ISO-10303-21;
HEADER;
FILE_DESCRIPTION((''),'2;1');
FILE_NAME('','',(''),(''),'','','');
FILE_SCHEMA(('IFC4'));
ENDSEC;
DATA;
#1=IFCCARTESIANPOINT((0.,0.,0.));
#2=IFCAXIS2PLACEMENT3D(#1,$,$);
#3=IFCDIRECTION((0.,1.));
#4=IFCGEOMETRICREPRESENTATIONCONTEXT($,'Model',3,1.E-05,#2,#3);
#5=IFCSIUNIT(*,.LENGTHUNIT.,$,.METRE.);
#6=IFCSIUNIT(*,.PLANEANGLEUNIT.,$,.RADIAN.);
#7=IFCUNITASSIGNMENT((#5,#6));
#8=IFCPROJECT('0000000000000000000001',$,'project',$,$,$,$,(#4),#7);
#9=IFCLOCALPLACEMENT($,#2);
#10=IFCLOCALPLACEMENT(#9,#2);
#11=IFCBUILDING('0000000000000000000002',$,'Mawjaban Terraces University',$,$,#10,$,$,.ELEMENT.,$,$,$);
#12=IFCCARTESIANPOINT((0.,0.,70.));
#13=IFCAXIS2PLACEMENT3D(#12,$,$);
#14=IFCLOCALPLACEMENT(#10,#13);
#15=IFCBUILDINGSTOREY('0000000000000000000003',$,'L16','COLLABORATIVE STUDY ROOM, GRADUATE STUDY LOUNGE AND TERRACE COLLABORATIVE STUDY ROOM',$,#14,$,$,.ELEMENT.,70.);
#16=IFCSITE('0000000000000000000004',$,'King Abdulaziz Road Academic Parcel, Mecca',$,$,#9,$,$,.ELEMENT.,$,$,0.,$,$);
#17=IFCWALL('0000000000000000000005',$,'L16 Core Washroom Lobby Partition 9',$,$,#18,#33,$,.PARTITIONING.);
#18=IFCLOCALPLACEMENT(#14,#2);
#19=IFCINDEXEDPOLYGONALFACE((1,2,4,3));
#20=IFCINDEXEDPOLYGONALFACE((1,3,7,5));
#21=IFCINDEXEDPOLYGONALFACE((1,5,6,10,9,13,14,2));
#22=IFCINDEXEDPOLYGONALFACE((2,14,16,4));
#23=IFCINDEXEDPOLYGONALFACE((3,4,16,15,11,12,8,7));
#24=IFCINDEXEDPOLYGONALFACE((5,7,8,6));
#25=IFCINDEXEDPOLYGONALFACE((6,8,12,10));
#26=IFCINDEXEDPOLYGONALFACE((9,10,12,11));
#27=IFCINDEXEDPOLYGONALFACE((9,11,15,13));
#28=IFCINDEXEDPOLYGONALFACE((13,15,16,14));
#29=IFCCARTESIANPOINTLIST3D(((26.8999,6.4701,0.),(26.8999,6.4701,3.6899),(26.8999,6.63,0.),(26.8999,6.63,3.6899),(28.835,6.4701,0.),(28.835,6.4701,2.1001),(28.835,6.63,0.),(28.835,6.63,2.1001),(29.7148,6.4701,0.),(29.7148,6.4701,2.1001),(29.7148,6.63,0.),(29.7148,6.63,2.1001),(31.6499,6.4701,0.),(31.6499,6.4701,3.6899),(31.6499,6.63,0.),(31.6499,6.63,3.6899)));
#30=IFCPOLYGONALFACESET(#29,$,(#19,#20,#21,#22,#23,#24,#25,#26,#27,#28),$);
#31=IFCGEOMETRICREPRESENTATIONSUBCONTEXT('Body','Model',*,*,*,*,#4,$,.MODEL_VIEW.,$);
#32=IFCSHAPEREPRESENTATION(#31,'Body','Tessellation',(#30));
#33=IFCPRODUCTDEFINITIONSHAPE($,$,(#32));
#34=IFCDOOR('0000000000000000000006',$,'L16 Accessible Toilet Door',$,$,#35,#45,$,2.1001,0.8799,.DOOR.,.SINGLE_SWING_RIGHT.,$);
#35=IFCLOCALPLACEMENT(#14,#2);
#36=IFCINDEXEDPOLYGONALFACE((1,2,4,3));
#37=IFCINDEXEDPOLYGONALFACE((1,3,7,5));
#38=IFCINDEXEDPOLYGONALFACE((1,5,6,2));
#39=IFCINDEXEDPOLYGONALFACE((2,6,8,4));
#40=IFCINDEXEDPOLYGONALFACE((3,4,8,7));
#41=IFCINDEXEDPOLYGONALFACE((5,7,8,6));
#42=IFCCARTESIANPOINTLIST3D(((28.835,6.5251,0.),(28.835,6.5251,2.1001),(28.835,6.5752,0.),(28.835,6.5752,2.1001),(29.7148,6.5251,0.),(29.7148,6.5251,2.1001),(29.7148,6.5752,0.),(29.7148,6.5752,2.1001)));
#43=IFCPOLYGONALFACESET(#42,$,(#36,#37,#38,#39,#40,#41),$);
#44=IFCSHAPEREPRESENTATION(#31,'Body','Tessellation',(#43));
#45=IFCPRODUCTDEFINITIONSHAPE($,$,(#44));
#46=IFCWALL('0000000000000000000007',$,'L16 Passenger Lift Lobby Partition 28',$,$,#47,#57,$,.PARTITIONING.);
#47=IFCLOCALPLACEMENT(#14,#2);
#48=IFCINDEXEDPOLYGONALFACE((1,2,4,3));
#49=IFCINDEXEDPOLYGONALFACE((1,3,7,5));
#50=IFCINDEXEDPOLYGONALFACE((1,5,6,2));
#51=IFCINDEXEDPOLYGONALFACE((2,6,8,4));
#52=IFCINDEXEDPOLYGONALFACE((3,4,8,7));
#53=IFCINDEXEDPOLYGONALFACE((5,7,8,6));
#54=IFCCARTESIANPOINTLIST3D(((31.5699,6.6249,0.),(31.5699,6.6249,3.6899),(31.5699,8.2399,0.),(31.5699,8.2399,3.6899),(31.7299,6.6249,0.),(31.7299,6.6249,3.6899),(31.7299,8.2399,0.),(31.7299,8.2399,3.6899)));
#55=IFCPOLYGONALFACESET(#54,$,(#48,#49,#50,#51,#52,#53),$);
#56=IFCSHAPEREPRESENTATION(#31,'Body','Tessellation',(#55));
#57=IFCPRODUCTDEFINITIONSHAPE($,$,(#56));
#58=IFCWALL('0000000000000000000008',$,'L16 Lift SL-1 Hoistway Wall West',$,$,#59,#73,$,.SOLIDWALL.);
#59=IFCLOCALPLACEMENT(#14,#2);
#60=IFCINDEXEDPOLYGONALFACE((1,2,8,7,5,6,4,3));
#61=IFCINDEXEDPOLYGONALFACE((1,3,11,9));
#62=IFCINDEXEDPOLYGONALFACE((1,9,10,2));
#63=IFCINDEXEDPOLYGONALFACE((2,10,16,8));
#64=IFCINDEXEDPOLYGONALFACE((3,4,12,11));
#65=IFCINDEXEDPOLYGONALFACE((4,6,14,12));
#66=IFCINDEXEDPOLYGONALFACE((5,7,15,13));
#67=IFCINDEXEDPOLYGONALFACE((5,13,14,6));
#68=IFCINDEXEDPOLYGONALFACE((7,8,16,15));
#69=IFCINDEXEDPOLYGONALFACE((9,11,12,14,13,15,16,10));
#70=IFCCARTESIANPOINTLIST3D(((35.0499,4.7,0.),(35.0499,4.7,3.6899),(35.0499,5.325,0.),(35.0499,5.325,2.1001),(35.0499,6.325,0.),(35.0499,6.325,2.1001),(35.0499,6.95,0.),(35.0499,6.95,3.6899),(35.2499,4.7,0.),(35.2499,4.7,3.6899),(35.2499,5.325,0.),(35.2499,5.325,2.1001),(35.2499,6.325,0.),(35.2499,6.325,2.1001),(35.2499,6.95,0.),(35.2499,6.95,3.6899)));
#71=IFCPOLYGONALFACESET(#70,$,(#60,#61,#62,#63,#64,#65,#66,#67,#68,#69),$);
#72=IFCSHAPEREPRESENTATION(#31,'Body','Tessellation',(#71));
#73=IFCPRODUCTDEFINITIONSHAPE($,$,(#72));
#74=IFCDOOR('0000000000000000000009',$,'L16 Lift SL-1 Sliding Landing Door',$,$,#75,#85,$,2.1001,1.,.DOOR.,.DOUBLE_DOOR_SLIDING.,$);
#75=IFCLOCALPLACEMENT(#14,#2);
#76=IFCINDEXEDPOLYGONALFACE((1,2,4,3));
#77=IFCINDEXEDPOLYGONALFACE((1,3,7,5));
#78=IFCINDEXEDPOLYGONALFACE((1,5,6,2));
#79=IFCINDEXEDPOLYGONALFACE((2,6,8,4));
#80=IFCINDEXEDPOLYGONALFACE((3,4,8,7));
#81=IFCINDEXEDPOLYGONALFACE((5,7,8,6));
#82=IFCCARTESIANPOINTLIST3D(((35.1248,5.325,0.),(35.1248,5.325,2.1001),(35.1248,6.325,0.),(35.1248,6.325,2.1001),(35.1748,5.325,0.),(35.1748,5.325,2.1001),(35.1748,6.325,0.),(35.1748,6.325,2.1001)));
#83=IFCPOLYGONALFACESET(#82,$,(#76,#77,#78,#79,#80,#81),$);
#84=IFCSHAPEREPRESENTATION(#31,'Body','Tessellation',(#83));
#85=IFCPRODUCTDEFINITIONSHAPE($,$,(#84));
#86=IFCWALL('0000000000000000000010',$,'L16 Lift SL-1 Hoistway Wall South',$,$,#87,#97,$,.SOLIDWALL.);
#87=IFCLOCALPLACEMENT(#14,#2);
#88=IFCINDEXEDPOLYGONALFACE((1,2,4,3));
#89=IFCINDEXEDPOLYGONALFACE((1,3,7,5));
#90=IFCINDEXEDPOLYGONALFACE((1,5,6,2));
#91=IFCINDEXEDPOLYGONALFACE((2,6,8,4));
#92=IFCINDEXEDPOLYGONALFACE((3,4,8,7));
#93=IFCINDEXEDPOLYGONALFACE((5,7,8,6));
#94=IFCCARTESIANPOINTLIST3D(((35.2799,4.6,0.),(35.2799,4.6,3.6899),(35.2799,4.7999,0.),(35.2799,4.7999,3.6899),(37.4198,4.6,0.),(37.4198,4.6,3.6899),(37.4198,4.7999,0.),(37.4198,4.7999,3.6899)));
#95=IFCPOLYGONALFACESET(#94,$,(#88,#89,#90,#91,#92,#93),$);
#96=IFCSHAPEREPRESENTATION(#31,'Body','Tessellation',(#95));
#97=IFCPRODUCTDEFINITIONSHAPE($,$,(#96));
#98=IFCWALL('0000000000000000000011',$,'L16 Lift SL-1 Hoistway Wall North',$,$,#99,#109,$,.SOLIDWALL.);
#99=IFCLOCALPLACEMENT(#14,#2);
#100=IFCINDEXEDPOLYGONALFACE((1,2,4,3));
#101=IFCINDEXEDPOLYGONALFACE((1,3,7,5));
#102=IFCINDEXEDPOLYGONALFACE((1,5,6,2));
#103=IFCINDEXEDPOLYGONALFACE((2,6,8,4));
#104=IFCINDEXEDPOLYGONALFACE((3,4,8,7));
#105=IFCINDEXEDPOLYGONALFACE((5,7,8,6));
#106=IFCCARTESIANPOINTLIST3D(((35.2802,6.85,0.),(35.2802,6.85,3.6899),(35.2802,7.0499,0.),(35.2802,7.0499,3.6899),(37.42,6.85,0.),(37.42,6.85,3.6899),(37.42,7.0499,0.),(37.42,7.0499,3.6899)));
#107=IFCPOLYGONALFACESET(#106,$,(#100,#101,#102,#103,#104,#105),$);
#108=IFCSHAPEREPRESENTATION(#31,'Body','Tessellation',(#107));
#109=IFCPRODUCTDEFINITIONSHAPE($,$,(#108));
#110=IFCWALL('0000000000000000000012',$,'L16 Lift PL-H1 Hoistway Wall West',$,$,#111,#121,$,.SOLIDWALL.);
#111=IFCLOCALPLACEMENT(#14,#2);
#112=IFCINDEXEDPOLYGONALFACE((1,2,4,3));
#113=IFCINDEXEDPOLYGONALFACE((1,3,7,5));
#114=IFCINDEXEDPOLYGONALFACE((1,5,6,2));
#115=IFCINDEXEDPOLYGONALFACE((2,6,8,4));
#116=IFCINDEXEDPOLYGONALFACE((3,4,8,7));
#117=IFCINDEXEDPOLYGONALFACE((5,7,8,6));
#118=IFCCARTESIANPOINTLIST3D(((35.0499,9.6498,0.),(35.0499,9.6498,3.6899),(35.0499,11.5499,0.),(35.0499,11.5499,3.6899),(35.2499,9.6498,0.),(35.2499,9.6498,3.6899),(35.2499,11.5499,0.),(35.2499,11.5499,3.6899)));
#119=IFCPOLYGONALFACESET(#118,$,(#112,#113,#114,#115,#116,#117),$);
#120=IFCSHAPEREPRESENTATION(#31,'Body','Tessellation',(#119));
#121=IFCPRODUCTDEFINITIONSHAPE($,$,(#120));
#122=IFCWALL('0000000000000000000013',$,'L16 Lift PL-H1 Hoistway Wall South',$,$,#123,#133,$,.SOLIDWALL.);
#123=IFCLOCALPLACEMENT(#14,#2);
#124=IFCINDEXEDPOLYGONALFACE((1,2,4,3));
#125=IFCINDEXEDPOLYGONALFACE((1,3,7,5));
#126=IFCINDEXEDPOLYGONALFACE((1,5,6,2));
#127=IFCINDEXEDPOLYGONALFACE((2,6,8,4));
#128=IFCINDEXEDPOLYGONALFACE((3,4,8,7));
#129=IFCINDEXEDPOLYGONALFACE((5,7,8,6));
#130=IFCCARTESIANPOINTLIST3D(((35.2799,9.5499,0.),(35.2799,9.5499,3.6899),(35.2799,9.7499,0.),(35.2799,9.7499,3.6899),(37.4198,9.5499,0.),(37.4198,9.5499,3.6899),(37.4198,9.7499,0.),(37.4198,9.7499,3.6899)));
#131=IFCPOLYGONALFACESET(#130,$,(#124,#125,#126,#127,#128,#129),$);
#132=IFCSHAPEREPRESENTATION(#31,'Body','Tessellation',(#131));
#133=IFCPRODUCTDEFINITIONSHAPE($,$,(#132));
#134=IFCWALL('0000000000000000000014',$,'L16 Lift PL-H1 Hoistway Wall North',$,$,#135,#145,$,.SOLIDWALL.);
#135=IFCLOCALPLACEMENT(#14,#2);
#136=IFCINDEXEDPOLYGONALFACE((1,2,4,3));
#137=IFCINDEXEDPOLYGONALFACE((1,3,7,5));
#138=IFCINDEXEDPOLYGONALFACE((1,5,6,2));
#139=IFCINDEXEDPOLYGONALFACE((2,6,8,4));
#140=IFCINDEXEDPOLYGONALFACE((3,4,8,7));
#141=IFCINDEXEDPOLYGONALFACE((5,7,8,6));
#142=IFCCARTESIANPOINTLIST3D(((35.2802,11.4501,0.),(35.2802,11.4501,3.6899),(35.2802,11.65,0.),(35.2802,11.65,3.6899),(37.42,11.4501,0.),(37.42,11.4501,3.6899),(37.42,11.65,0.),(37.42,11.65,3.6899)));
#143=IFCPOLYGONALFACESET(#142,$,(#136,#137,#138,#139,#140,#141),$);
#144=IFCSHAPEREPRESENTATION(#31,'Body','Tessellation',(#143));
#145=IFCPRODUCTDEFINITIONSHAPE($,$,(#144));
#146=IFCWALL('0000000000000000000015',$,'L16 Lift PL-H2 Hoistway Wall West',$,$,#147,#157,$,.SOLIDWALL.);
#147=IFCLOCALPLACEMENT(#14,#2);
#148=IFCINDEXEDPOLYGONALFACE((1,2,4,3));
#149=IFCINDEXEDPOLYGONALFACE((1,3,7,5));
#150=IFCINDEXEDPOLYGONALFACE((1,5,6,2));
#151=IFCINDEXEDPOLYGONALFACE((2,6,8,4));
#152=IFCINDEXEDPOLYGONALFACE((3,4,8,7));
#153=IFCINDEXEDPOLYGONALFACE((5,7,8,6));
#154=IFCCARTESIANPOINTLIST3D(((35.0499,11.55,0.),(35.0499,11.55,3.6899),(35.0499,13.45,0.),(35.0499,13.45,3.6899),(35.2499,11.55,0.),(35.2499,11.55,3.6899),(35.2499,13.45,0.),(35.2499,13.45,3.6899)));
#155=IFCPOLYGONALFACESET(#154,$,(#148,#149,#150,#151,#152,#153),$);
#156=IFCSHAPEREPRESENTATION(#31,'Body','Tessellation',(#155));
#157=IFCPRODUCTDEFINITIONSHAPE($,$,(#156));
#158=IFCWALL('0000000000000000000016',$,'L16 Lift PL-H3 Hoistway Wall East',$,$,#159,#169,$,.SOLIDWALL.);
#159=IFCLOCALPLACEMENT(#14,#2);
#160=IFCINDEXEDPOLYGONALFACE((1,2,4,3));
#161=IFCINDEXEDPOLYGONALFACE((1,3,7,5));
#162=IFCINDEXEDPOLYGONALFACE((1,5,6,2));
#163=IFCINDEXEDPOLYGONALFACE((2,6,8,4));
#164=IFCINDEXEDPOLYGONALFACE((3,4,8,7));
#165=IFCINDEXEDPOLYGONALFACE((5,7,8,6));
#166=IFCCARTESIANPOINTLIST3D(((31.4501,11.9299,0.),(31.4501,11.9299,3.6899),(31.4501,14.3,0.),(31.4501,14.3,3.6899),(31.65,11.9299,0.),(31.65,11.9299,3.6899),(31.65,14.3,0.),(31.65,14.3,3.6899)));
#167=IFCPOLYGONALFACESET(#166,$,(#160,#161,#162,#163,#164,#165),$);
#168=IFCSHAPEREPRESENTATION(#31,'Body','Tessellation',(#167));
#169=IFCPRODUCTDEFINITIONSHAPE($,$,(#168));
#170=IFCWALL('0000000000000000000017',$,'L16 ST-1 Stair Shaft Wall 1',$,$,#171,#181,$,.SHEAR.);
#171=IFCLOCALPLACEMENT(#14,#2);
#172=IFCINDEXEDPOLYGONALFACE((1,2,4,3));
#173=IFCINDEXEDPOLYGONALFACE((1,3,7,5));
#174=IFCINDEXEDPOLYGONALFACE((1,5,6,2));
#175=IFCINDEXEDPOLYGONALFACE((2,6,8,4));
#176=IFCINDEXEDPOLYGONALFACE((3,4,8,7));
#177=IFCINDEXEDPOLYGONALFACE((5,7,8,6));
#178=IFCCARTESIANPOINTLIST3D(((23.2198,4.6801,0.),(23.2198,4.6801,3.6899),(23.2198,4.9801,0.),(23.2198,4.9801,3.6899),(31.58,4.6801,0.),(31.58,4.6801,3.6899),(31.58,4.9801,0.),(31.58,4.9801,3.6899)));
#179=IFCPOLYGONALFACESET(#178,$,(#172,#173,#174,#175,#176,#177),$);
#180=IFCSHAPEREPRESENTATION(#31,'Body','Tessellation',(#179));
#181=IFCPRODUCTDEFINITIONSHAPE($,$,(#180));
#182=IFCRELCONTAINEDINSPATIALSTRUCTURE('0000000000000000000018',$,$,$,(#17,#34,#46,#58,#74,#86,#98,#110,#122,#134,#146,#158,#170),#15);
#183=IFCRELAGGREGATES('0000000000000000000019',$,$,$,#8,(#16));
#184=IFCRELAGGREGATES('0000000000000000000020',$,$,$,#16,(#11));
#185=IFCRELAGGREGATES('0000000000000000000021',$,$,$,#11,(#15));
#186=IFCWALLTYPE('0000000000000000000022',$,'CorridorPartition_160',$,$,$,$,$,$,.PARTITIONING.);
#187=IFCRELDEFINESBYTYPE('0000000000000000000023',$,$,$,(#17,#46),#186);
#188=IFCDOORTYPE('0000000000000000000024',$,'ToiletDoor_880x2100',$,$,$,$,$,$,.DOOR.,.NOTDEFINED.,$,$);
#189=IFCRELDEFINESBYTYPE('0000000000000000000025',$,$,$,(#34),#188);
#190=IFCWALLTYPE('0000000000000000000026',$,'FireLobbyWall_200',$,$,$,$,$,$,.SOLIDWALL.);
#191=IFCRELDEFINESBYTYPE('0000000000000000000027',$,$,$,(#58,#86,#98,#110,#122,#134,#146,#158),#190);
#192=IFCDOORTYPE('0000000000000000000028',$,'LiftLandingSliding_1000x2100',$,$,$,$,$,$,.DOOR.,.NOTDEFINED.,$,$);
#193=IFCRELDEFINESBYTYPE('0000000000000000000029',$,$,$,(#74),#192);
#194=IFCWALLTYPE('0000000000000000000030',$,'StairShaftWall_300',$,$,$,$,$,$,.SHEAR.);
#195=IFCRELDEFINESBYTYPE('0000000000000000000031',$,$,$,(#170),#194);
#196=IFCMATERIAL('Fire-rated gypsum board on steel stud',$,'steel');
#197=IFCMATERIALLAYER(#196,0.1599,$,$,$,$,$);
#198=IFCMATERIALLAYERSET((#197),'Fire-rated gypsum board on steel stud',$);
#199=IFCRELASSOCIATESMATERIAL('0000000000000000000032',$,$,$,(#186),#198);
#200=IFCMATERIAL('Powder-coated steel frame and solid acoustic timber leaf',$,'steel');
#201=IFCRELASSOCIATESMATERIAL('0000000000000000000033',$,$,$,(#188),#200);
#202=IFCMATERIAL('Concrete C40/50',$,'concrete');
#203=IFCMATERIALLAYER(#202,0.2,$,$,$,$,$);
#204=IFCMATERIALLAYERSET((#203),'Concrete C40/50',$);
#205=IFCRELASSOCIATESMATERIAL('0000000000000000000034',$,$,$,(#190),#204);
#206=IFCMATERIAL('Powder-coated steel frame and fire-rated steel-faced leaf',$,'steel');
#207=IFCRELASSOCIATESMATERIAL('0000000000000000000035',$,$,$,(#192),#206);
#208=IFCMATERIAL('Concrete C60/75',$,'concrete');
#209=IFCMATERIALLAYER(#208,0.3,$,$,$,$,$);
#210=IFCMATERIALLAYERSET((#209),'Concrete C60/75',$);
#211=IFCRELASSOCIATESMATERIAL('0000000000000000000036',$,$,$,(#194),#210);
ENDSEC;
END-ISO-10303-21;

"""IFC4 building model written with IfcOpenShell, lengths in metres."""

from ifc_helpers import new_model, si_unit, direction, frame, frame_2d, origin, place, context, subcontext, project, spatial, rectangle, extrude, material, layer, layer_set, type_object, element, fill, save


model = new_model("IFC4")

# Units and contexts
model_context = context("Model", 3, precision=1e-05, world=origin(), true_north=direction((0.0, 1.0)))
body_context = subcontext(model_context, "Body", "Model", "MODEL_VIEW")
ifc_project = project(units=[si_unit("LENGTHUNIT", "METRE"), si_unit("PLANEANGLEUNIT", "RADIAN")], contexts=[model_context])

# Site, building, storey
site_placement = place(None, origin())
site = spatial("IfcSite", under=ifc_project, at=site_placement, Name="King Abdulaziz Road Academic Parcel, Mecca", CompositionType="ELEMENT", RefElevation=0.0)
building_placement = place(site_placement, origin())
building = spatial("IfcBuilding", under=site, at=building_placement, Name="Mawjaban Terraces University", CompositionType="ELEMENT")
storey_placement = place(building_placement, frame((0.0, 0.0, 70.0)))
storey = spatial("IfcBuildingStorey", under=building, at=storey_placement, Name="L16", Description="COLLABORATIVE STUDY ROOM, GRADUATE STUDY LOUNGE AND TERRACE COLLABORATIVE STUDY ROOM", CompositionType="ELEMENT", Elevation=70.0)

# Wall, opening, door
ifc_material_1 = material(Name="Fire-rated gypsum board on steel stud", Category="steel")
ifc_layer_1 = layer(ifc_material_1, 0.1599)
ifc_layer_set_1 = layer_set([ifc_layer_1], Name="Fire-rated gypsum board on steel stud")
wall_type_1 = type_object("IfcWallType", Name="CorridorPartition_160", PredefinedType="PARTITIONING", material=ifc_layer_set_1)
wall_1_placement = place(storey_placement, frame((31.6499, 6.55, 0.0), z_axis=(0.0, 0.0, 1.0), x_axis=(-1.0, 0.0, 0.0)))
wall_1 = element("IfcWall", 1, at=wall_1_placement, inside=storey, type_object=wall_type_1, Name="L16 Core Washroom Lobby Partition 9", PredefinedType="PARTITIONING", context=body_context, shape_type="SweptSolid", body=[
    extrude(rectangle(XDim=4.75, YDim=0.1599, at=frame_2d((2.375, 0.0))), origin(), (0.0, 0.0, 1.0), 3.6899),
])
opening_1_placement = place(wall_1_placement, frame((1.9351, 0.0, 0.0)))
opening_1 = element("IfcOpeningElement", 2, at=opening_1_placement, cuts=wall_1, PredefinedType="OPENING", context=body_context, shape_type="SweptSolid", body=[
    extrude(rectangle(XDim=0.8799, YDim=2.1001, at=frame_2d((0.4399, 1.05))), frame((0.0, 0.0898, 0.0), z_axis=(0.0, -1.0, 0.0), x_axis=(1.0, 0.0, 0.0)), (0.0, 0.0, 1.0), 0.1799),
])
ifc_material_2 = material(Name="Powder-coated steel frame and solid acoustic timber leaf", Category="steel")
door_type_1 = type_object("IfcDoorType", Name="ToiletDoor_880x2100", OperationType="NOTDEFINED", PredefinedType="DOOR", material=ifc_material_2)
door_1_placement = place(opening_1_placement, origin())
door_1 = element("IfcDoor", 3, at=door_1_placement, inside=storey, type_object=door_type_1, Name="L16 Accessible Toilet Door", OperationType="SINGLE_SWING_RIGHT", OverallHeight=2.1001, OverallWidth=0.8799, PredefinedType="DOOR", context=body_context, shape_type="SweptSolid", body=[
    extrude(rectangle(XDim=0.8799, YDim=2.1001, at=frame_2d((0.4399, 1.05))), frame((0.0, 0.0249, 0.0), z_axis=(0.0, -1.0, 0.0), x_axis=(1.0, 0.0, 0.0)), (0.0, 0.0, 1.0), 0.05),
])
fill(opening_1, door_1)

# Wall
wall_2_placement = place(storey_placement, frame((31.6499, 8.24, 0.0), z_axis=(0.0, 0.0, 1.0), x_axis=(0.0, -1.0, 0.0)))
element("IfcWall", 4, at=wall_2_placement, inside=storey, type_object=wall_type_1, Name="L16 Passenger Lift Lobby Partition 28", PredefinedType="PARTITIONING", context=body_context, shape_type="SweptSolid", body=[
    extrude(rectangle(XDim=1.615, YDim=0.1599, at=frame_2d((0.8076, 0.0))), origin(), (0.0, 0.0, 1.0), 3.6899),
])

# Wall, opening, door
ifc_material_3 = material(Name="Concrete C40/50", Category="concrete")
ifc_layer_2 = layer(ifc_material_3, 0.2)
ifc_layer_set_2 = layer_set([ifc_layer_2], Name="Concrete C40/50")
wall_type_2 = type_object("IfcWallType", Name="FireLobbyWall_200", PredefinedType="SOLIDWALL", material=ifc_layer_set_2)
wall_3_placement = place(storey_placement, frame((35.1499, 6.95, 0.0), z_axis=(0.0, 0.0, 1.0), x_axis=(0.0, -1.0, 0.0)))
wall_3 = element("IfcWall", 5, at=wall_3_placement, inside=storey, type_object=wall_type_2, Name="L16 Lift SL-1 Hoistway Wall West", PredefinedType="SOLIDWALL", context=body_context, shape_type="SweptSolid", body=[
    extrude(rectangle(XDim=2.25, YDim=0.2, at=frame_2d((1.125, 0.0))), origin(), (0.0, 0.0, 1.0), 3.6899),
])
opening_2_placement = place(wall_3_placement, frame((0.625, 0.0, 0.0)))
opening_2 = element("IfcOpeningElement", 6, at=opening_2_placement, cuts=wall_3, PredefinedType="OPENING", context=body_context, shape_type="SweptSolid", body=[
    extrude(rectangle(XDim=1.0, YDim=2.1001, at=frame_2d((0.5, 1.05))), frame((0.0, 0.1099, 0.0), z_axis=(0.0, -1.0, 0.0), x_axis=(1.0, 0.0, 0.0)), (0.0, 0.0, 1.0), 0.22),
])
ifc_material_4 = material(Name="Powder-coated steel frame and fire-rated steel-faced leaf", Category="steel")
door_type_2 = type_object("IfcDoorType", Name="LiftLandingSliding_1000x2100", OperationType="NOTDEFINED", PredefinedType="DOOR", material=ifc_material_4)
door_2_placement = place(opening_2_placement, origin())
door_2 = element("IfcDoor", 7, at=door_2_placement, inside=storey, type_object=door_type_2, Name="L16 Lift SL-1 Sliding Landing Door", OperationType="DOUBLE_DOOR_SLIDING", OverallHeight=2.1001, OverallWidth=1.0, PredefinedType="DOOR", context=body_context, shape_type="SweptSolid", body=[
    extrude(rectangle(XDim=1.0, YDim=2.1001, at=frame_2d((0.5, 1.05))), frame((0.0, 0.0249, 0.0), z_axis=(0.0, -1.0, 0.0), x_axis=(1.0, 0.0, 0.0)), (0.0, 0.0, 1.0), 0.05),
])
fill(opening_2, door_2)

# Walls
for number, where, z_axis, x_axis, name in (
    (8, (35.28, 4.7, 0.0), (0.0, 0.0, 1.0), (1.0, 0.0, 0.0), "L16 Lift SL-1 Hoistway Wall South"),
    (9, (37.4199, 6.95, 0.0), (0.0, 0.0, 1.0), (-1.0, 0.0, 0.0), "L16 Lift SL-1 Hoistway Wall North"),
):
    element("IfcWall", number, at=place(storey_placement, frame(where, z_axis=z_axis, x_axis=x_axis)), inside=storey, type_object=wall_type_2, Name=name, PredefinedType="SOLIDWALL", context=body_context, shape_type="SweptSolid", body=[
        extrude(rectangle(XDim=2.1399, YDim=0.2, at=frame_2d((1.0698, 0.0))), origin(), (0.0, 0.0, 1.0), 3.6899),
    ])
wall_4_placement = place(storey_placement, frame((35.1499, 11.55, 0.0), z_axis=(0.0, 0.0, 1.0), x_axis=(0.0, -1.0, 0.0)))
element("IfcWall", 10, at=wall_4_placement, inside=storey, type_object=wall_type_2, Name="L16 Lift PL-H1 Hoistway Wall West", PredefinedType="SOLIDWALL", context=body_context, shape_type="SweptSolid", body=[
    extrude(rectangle(XDim=1.9001, YDim=0.2, at=frame_2d((0.9502, 0.0))), origin(), (0.0, 0.0, 1.0), 3.6899),
])
for number, where, z_axis, x_axis, name in (
    (11, (35.28, 9.6499, 0.0), (0.0, 0.0, 1.0), (1.0, 0.0, 0.0), "L16 Lift PL-H1 Hoistway Wall South"),
    (12, (37.4199, 11.55, 0.0), (0.0, 0.0, 1.0), (-1.0, 0.0, 0.0), "L16 Lift PL-H1 Hoistway Wall North"),
):
    element("IfcWall", number, at=place(storey_placement, frame(where, z_axis=z_axis, x_axis=x_axis)), inside=storey, type_object=wall_type_2, Name=name, PredefinedType="SOLIDWALL", context=body_context, shape_type="SweptSolid", body=[
        extrude(rectangle(XDim=2.1399, YDim=0.2, at=frame_2d((1.0698, 0.0))), origin(), (0.0, 0.0, 1.0), 3.6899),
    ])
wall_5_placement = place(storey_placement, frame((35.1499, 13.45, 0.0), z_axis=(0.0, 0.0, 1.0), x_axis=(0.0, -1.0, 0.0)))
element("IfcWall", 13, at=wall_5_placement, inside=storey, type_object=wall_type_2, Name="L16 Lift PL-H2 Hoistway Wall West", PredefinedType="SOLIDWALL", context=body_context, shape_type="SweptSolid", body=[
    extrude(rectangle(XDim=1.8999, YDim=0.2, at=frame_2d((0.95, 0.0))), origin(), (0.0, 0.0, 1.0), 3.6899),
])
wall_6_placement = place(storey_placement, frame((31.55, 11.9299, 0.0), z_axis=(0.0, 0.0, 1.0), x_axis=(0.0, 1.0, 0.0)))
element("IfcWall", 14, at=wall_6_placement, inside=storey, type_object=wall_type_2, Name="L16 Lift PL-H3 Hoistway Wall East", PredefinedType="SOLIDWALL", context=body_context, shape_type="SweptSolid", body=[
    extrude(rectangle(XDim=2.3701, YDim=0.2, at=frame_2d((1.1851, 0.0))), origin(), (0.0, 0.0, 1.0), 3.6899),
])

# Wall
ifc_material_5 = material(Name="Concrete C60/75", Category="concrete")
ifc_layer_3 = layer(ifc_material_5, 0.3)
ifc_layer_set_3 = layer_set([ifc_layer_3], Name="Concrete C60/75")
wall_type_3 = type_object("IfcWallType", Name="StairShaftWall_300", PredefinedType="SHEAR", material=ifc_layer_set_3)
for number, where, z_axis, x_axis, name in (
    (15, (31.5801, 4.8301, 0.0), (0.0, 0.0, 1.0), (-1.0, 0.0, 0.0), "L16 ST-1 Stair Shaft Wall 1"),
):
    element("IfcWall", number, at=place(storey_placement, frame(where, z_axis=z_axis, x_axis=x_axis)), inside=storey, type_object=wall_type_3, Name=name, PredefinedType="SHEAR", context=body_context, shape_type="SweptSolid", body=[
        extrude(rectangle(XDim=8.3601, YDim=0.3, at=frame_2d((4.1802, 0.0))), origin(), (0.0, 0.0, 1.0), 3.6899),
    ])

save(model, "model.ifc")
